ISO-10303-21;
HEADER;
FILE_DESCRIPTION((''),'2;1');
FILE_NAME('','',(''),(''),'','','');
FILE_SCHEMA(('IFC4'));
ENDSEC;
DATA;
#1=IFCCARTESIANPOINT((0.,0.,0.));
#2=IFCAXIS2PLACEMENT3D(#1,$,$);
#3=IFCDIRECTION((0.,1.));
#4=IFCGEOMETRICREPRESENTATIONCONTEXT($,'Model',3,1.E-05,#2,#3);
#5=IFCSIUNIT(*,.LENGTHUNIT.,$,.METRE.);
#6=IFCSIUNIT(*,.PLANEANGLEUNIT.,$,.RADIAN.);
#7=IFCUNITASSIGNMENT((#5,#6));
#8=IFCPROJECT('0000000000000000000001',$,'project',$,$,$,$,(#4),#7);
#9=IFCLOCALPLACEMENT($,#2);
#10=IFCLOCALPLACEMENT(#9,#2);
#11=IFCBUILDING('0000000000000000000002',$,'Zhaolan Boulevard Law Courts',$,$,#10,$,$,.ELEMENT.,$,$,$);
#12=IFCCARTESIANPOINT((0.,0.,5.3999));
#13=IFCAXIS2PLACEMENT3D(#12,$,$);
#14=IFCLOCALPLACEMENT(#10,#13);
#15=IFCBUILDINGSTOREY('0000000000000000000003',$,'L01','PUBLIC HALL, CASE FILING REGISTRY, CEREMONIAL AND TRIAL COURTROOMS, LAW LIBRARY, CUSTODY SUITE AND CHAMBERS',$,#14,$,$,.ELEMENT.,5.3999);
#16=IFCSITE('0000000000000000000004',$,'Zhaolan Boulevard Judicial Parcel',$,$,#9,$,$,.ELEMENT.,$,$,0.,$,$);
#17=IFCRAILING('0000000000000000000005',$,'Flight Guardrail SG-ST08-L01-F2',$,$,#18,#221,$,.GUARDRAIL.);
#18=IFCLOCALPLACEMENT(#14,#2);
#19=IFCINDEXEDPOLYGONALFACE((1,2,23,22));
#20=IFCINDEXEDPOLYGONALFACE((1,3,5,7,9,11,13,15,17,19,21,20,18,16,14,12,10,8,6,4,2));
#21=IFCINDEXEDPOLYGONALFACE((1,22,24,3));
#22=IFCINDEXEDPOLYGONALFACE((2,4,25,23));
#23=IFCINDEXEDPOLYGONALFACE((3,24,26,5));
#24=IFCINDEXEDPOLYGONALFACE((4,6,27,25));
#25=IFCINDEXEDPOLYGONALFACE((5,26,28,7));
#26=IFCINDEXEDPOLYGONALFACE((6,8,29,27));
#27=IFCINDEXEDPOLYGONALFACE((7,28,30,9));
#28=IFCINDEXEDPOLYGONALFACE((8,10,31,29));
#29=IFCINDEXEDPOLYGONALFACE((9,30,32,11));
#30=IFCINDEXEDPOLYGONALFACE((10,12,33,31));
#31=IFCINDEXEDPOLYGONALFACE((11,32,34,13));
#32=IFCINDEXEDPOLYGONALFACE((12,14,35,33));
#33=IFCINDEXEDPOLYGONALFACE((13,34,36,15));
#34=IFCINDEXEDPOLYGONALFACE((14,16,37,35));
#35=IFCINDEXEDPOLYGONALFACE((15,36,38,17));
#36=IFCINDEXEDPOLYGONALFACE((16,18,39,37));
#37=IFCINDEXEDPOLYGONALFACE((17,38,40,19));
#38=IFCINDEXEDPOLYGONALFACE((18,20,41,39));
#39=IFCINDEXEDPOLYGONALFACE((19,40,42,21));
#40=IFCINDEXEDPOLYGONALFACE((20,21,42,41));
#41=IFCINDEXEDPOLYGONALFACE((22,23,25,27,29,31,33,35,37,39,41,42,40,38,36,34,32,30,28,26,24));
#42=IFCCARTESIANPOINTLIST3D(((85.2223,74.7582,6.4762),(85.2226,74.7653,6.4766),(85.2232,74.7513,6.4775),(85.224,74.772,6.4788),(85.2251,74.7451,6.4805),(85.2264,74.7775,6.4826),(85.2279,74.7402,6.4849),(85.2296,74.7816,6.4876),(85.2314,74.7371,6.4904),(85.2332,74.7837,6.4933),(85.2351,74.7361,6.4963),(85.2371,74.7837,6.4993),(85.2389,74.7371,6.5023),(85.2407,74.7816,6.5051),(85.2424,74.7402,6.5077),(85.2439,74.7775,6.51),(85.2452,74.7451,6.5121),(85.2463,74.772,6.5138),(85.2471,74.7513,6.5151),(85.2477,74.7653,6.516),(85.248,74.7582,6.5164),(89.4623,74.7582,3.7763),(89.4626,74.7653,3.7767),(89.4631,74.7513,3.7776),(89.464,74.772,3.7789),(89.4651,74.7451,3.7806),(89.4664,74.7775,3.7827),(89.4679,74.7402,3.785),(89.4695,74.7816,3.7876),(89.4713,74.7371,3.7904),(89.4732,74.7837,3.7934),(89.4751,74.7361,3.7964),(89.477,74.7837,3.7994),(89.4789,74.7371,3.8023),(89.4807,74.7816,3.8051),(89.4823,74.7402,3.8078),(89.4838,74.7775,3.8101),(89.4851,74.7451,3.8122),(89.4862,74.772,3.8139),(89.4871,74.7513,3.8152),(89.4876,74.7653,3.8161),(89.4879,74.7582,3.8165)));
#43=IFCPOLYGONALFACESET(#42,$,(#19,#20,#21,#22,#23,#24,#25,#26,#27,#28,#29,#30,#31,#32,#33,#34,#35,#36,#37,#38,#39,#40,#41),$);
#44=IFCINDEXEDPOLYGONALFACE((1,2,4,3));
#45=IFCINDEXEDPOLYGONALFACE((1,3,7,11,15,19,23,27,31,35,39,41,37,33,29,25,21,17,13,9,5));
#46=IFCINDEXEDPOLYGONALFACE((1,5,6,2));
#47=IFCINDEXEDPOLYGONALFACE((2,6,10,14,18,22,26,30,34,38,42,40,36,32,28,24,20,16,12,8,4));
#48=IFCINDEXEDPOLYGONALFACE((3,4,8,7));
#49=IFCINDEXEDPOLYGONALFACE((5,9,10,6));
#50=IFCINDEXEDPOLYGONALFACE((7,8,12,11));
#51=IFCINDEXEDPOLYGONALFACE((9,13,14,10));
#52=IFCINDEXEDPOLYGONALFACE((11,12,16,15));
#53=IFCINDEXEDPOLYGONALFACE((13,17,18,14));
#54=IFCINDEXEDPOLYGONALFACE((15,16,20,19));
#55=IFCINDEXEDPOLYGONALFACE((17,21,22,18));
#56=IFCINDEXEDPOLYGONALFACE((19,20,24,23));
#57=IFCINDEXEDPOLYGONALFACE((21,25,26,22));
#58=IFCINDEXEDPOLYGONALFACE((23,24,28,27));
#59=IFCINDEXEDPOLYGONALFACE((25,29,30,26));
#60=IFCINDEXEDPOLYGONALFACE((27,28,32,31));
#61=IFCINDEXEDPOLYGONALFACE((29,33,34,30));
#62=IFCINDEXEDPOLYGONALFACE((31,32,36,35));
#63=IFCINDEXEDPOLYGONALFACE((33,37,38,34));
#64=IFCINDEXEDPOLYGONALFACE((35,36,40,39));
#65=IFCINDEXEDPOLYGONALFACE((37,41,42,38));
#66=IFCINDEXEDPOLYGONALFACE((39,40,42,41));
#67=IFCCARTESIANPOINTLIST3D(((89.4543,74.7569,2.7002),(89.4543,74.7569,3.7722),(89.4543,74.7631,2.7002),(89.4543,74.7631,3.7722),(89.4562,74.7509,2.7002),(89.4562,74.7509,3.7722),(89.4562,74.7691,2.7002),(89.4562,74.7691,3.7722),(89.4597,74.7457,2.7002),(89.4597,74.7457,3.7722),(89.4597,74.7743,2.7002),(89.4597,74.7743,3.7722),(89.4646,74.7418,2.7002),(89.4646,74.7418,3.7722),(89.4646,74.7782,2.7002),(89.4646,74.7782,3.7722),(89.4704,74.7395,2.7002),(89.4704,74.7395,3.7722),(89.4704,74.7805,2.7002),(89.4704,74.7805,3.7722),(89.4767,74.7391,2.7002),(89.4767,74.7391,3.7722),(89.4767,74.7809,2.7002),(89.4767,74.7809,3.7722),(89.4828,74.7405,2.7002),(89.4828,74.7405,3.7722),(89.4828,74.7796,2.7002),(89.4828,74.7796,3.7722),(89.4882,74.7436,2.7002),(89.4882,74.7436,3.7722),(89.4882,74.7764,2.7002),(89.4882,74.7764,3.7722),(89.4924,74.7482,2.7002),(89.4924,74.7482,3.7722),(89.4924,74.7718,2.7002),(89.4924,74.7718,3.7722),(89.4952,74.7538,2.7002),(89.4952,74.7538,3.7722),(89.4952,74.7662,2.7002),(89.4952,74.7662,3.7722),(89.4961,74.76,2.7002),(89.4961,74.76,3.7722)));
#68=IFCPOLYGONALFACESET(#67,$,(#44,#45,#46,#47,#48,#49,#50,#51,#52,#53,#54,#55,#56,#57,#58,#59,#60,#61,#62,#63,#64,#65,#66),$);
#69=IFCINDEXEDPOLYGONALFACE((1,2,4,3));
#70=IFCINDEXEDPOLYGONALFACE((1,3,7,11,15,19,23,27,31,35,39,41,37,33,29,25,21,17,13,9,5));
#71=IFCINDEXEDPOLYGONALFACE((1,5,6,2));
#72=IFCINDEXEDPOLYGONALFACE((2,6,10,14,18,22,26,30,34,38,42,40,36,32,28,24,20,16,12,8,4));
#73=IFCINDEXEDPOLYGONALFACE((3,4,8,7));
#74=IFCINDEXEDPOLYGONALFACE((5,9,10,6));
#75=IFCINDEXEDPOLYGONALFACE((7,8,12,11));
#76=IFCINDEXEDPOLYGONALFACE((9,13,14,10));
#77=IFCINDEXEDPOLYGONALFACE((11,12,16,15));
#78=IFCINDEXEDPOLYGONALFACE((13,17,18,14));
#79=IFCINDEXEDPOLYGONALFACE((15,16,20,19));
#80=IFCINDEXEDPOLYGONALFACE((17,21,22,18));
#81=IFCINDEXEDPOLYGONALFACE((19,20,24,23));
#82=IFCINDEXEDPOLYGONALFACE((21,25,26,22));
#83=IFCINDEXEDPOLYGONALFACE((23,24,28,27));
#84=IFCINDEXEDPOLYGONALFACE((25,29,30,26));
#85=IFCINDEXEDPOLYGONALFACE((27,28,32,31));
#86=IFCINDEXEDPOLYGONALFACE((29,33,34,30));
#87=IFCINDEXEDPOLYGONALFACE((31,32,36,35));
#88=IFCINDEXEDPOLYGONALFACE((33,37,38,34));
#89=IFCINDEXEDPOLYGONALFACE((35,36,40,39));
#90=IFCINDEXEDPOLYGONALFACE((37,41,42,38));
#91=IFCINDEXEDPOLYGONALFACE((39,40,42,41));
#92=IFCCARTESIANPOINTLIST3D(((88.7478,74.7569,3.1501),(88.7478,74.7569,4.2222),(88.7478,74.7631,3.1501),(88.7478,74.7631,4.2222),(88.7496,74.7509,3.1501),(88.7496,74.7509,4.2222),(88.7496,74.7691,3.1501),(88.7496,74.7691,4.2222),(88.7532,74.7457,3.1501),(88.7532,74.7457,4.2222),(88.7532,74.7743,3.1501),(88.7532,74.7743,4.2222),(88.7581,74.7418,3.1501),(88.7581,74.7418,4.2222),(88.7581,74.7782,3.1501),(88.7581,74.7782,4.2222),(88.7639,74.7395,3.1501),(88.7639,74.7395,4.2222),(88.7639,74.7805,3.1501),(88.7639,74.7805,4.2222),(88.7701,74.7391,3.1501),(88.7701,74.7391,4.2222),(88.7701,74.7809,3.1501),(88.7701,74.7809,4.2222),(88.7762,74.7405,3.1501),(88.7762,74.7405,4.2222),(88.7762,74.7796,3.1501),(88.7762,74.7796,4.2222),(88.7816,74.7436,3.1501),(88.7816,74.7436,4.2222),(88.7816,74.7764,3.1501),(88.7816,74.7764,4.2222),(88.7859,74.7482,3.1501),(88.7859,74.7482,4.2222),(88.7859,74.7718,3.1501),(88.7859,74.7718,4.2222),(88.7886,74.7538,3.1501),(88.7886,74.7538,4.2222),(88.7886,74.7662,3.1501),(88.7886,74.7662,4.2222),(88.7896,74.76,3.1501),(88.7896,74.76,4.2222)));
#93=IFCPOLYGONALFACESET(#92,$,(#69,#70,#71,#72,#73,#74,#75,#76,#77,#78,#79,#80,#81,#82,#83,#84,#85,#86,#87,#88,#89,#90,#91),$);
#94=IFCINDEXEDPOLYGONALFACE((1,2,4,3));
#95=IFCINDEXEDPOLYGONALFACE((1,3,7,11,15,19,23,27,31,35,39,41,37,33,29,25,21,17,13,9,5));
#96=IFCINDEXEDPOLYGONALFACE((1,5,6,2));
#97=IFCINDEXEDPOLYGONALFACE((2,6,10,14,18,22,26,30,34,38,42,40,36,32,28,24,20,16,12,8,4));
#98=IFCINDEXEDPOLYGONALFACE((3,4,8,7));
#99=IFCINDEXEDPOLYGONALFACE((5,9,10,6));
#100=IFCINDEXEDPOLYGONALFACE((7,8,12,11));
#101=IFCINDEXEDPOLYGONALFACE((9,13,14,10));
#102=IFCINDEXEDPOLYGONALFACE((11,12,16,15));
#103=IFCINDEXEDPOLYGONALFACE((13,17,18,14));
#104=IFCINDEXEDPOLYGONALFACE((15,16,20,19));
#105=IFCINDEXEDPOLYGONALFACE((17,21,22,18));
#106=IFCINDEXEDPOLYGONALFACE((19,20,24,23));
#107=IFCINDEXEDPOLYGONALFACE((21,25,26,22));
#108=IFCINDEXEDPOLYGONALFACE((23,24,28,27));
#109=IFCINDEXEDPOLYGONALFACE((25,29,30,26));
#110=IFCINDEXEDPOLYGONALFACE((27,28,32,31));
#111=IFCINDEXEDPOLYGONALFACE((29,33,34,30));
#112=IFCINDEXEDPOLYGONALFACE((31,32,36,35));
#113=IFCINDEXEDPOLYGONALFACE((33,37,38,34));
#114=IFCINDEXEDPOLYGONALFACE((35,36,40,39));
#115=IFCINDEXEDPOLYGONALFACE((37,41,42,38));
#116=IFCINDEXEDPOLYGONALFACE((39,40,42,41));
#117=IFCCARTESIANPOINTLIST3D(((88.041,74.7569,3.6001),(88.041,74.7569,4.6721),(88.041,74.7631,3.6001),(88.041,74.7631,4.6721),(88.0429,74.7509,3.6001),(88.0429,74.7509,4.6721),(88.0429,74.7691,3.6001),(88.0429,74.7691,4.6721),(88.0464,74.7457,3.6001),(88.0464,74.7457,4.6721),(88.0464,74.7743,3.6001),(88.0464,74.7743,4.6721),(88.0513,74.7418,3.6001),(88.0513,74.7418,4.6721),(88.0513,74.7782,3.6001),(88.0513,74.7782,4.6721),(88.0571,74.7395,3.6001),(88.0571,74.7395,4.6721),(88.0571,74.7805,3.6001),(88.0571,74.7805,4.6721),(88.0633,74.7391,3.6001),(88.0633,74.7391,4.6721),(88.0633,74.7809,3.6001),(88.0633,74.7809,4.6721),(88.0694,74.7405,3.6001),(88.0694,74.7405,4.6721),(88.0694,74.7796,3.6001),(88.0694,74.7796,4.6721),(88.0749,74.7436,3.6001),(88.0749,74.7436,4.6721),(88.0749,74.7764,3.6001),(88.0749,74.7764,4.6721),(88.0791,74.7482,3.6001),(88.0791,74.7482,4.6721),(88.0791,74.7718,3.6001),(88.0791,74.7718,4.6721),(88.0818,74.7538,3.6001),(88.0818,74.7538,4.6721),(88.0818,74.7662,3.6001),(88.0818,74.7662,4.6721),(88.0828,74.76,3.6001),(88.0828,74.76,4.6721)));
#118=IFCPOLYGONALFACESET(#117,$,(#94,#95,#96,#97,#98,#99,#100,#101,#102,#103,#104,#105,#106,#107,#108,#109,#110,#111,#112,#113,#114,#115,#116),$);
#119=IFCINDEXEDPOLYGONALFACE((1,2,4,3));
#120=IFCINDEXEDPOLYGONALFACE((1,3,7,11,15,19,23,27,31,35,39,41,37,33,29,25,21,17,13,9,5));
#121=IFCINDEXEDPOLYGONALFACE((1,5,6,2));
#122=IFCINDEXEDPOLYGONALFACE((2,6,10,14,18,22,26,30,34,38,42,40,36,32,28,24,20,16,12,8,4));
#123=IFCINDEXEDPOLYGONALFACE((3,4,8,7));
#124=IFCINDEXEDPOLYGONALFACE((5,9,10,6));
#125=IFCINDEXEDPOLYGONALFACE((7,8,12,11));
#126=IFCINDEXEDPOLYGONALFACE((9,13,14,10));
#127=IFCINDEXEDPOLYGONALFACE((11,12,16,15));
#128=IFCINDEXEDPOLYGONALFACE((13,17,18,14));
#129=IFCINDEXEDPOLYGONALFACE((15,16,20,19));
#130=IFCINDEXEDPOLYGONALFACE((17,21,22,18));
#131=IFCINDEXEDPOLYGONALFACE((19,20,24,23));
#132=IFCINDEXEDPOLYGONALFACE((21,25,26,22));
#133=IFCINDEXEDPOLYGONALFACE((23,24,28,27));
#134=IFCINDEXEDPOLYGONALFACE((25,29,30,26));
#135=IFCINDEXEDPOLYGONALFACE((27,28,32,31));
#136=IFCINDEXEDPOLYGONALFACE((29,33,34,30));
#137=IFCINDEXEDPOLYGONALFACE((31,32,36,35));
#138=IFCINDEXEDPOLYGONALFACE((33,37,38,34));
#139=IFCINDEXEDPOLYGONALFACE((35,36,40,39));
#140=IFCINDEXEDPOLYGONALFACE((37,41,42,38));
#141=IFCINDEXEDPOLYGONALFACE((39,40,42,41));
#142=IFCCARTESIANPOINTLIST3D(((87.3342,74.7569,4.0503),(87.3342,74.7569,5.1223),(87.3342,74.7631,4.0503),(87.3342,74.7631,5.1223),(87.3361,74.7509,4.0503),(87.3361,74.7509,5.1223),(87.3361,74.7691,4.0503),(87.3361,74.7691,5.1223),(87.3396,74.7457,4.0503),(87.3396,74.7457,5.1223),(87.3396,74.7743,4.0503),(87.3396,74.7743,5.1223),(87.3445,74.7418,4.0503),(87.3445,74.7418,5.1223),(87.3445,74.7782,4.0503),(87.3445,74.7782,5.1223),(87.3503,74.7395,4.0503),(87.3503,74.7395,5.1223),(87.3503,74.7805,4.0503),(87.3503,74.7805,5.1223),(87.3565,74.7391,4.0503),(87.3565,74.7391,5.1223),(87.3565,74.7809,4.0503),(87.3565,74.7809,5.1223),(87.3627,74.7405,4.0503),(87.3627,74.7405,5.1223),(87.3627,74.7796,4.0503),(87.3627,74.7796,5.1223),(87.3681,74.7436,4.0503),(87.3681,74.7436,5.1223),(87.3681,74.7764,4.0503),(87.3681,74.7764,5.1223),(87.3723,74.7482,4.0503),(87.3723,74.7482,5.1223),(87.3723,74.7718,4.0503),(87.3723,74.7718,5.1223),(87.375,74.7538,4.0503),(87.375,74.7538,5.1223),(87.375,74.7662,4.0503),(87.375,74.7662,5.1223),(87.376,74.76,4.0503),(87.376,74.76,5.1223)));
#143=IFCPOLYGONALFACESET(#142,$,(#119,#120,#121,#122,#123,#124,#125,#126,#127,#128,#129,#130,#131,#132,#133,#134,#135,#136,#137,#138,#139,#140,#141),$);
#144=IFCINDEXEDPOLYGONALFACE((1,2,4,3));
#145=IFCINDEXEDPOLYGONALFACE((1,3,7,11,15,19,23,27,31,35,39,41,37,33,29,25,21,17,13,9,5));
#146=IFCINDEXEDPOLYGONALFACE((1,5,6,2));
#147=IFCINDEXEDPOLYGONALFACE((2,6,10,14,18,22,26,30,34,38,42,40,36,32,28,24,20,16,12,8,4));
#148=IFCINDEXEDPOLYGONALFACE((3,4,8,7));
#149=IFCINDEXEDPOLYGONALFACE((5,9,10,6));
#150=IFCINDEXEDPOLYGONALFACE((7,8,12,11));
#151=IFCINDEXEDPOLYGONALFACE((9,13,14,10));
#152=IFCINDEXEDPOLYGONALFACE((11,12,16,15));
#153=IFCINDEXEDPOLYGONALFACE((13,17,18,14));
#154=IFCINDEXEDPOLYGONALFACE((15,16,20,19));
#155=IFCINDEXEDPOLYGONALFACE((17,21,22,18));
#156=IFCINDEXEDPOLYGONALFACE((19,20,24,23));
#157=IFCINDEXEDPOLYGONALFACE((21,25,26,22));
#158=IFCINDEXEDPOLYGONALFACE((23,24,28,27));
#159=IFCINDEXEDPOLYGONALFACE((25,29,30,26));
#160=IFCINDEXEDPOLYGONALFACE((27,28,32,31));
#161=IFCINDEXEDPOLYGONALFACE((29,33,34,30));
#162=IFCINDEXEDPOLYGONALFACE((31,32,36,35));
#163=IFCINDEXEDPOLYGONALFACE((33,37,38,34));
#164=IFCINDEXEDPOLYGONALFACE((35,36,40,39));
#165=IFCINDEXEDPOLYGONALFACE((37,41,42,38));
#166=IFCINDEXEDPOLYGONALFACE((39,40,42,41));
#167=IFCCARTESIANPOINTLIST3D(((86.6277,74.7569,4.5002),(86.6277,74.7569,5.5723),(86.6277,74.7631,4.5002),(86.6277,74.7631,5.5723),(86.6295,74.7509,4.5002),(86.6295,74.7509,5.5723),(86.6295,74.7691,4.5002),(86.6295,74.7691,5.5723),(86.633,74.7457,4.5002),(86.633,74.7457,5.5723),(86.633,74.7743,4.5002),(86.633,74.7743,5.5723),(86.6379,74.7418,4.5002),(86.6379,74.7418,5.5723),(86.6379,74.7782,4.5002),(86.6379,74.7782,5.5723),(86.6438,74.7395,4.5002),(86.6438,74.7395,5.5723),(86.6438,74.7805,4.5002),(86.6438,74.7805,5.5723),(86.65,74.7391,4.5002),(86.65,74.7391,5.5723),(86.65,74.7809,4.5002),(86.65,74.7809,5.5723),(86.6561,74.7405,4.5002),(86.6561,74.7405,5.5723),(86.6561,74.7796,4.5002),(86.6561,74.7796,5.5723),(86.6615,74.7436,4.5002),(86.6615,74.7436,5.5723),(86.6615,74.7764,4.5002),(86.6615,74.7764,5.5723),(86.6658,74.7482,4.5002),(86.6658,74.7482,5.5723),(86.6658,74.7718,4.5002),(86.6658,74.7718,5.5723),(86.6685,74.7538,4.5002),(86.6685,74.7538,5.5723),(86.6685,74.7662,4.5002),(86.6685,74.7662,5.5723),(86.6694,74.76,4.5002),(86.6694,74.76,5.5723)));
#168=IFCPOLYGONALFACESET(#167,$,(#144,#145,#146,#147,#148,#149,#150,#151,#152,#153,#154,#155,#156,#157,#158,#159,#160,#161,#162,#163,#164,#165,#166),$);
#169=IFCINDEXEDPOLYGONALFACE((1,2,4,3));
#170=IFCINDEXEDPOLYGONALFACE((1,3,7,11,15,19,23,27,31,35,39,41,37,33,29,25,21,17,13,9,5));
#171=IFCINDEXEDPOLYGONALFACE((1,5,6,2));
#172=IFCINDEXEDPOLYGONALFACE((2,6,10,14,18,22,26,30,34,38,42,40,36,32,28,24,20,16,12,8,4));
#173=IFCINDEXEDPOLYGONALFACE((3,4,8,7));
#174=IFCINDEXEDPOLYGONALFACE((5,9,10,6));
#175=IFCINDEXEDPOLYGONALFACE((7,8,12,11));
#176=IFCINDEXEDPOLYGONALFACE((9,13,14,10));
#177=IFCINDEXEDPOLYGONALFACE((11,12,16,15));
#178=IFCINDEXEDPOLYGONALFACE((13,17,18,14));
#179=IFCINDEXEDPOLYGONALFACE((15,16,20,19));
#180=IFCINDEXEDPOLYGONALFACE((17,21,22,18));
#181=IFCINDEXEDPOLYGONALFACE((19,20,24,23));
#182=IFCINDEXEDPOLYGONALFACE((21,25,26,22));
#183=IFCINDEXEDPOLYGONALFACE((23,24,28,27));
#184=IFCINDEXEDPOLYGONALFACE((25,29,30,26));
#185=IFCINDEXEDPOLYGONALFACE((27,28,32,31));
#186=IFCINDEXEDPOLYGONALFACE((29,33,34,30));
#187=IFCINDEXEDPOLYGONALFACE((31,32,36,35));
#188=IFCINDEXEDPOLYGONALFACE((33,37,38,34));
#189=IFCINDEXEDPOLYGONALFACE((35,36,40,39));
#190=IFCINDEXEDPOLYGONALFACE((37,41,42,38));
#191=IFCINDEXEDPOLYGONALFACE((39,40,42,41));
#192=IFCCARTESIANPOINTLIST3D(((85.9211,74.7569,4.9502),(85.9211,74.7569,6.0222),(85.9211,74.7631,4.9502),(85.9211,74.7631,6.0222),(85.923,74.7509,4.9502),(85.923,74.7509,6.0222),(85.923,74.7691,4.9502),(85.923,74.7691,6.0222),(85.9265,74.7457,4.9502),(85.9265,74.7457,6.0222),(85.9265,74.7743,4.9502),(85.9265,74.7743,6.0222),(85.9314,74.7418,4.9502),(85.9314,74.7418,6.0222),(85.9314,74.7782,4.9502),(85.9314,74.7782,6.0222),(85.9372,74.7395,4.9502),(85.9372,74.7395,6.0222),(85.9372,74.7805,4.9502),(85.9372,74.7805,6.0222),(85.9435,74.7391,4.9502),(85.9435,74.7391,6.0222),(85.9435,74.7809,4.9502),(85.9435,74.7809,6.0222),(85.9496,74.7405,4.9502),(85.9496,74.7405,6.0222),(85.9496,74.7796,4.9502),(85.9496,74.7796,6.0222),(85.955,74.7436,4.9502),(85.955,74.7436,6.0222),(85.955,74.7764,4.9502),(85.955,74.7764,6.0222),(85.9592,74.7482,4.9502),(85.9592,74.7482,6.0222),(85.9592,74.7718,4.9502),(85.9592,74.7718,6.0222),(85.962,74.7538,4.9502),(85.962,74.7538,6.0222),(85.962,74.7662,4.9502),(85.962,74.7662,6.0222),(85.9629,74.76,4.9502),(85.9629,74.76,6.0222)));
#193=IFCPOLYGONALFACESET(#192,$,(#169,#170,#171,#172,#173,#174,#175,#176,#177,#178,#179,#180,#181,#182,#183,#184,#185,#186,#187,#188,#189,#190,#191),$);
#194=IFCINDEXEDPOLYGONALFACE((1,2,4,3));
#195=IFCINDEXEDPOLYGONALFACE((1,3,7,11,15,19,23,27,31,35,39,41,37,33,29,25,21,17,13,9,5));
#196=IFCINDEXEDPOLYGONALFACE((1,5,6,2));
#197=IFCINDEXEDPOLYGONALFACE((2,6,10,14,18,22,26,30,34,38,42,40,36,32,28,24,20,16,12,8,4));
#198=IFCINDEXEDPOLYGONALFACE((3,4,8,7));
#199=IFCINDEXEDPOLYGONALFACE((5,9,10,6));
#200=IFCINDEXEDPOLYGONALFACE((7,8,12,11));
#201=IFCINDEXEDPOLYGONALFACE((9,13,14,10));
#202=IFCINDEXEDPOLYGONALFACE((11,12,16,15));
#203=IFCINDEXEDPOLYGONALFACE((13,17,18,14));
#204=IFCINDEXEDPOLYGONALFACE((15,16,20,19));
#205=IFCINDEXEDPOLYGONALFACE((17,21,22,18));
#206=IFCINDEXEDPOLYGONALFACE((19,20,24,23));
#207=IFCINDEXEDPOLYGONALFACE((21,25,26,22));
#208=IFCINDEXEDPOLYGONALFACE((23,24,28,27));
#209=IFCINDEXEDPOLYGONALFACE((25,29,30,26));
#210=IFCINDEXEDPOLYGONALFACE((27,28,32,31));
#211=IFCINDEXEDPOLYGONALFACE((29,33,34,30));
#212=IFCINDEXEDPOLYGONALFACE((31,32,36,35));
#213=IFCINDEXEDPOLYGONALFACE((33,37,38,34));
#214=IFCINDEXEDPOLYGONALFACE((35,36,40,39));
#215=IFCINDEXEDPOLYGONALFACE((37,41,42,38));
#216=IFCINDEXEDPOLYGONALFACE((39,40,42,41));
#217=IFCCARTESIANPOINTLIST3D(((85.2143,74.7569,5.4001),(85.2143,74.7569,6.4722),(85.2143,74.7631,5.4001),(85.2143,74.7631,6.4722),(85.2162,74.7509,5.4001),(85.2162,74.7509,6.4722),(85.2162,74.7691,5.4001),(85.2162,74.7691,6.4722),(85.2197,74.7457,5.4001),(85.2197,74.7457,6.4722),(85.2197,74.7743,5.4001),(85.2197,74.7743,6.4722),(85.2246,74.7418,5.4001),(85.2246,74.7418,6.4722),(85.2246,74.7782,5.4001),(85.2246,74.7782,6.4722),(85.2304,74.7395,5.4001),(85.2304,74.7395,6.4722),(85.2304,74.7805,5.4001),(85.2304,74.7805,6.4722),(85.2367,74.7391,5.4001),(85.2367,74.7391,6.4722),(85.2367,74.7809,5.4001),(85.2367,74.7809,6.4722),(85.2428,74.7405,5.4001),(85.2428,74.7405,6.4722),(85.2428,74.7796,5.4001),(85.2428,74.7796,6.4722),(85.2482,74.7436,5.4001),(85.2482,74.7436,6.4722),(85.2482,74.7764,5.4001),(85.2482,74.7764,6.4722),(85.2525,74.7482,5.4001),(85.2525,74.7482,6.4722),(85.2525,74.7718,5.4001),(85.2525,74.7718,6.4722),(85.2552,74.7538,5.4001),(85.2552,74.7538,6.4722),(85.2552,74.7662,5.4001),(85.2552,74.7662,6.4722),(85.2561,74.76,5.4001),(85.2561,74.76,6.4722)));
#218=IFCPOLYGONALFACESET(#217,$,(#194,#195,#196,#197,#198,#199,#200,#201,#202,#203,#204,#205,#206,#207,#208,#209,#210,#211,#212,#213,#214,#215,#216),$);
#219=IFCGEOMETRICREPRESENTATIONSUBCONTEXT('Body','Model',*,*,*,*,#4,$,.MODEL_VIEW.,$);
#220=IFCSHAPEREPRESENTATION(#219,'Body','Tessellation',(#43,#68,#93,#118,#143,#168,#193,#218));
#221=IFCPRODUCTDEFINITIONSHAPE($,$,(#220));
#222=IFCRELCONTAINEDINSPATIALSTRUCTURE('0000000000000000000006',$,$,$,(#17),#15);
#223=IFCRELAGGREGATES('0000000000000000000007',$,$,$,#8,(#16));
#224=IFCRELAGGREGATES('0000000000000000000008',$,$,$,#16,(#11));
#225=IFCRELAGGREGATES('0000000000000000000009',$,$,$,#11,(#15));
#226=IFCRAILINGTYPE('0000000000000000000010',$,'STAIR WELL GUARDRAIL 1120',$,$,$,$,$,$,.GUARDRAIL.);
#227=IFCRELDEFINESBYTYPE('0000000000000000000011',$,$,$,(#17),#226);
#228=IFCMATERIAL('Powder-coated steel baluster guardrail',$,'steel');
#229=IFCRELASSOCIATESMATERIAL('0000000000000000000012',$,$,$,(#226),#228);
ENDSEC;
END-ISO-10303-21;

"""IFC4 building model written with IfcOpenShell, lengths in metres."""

from ifc_helpers import new_model, si_unit, direction, frame, origin, origin_2d, place, context, subcontext, project, spatial, circle, extrude, material, type_object, element, save


model = new_model("IFC4")

# Units and contexts
model_context = context("Model", 3, precision=1e-05, world=origin(), true_north=direction((0.0, 1.0)))
body_context = subcontext(model_context, "Body", "Model", "MODEL_VIEW")
ifc_project = project(units=[si_unit("LENGTHUNIT", "METRE"), si_unit("PLANEANGLEUNIT", "RADIAN")], contexts=[model_context])

# Site, building, storey
site_placement = place(None, origin())
site = spatial("IfcSite", under=ifc_project, at=site_placement, Name="Zhaolan Boulevard Judicial Parcel", CompositionType="ELEMENT", RefElevation=0.0)
building_placement = place(site_placement, origin())
building = spatial("IfcBuilding", under=site, at=building_placement, Name="Zhaolan Boulevard Law Courts", CompositionType="ELEMENT")
storey_placement = place(building_placement, frame((0.0, 0.0, 5.3999)))
storey = spatial("IfcBuildingStorey", under=building, at=storey_placement, Name="L01", Description="PUBLIC HALL, CASE FILING REGISTRY, CEREMONIAL AND TRIAL COURTROOMS, LAW LIBRARY, CUSTODY SUITE AND CHAMBERS", CompositionType="ELEMENT", Elevation=5.3999)

# Railing
ifc_material_1 = material(Name="Powder-coated steel baluster guardrail", Category="steel")
railing_type_1 = type_object("IfcRailingType", Name="STAIR WELL GUARDRAIL 1120", PredefinedType="GUARDRAIL", material=ifc_material_1)
railing_1_placement = place(storey_placement, frame((89.4751, 74.76, 2.7002)))
element("IfcRailing", 1, at=railing_1_placement, inside=storey, type_object=railing_type_1, Name="Flight Guardrail SG-ST08-L01-F2", PredefinedType="GUARDRAIL", context=body_context, shape_type="SweptSolid", body=[
    extrude(circle(Radius=0.0239, at=origin_2d()), frame((0.0, 0.0, 1.0962), z_axis=(-0.843501, 0.0, 0.537127), x_axis=(0.0, -1.0, 0.0)), (0.0, 0.0, 1.0), 5.0266),
    extrude(circle(Radius=0.021, at=origin_2d()), origin(), (0.0, 0.0, 1.0), 1.072),
    extrude(circle(Radius=0.021, at=origin_2d()), frame((-0.7065, 0.0, 0.45)), (0.0, 0.0, 1.0), 1.072),
    extrude(circle(Radius=0.021, at=origin_2d()), frame((-1.4133, 0.0, 0.8999)), (0.0, 0.0, 1.0), 1.072),
    extrude(circle(Radius=0.021, at=origin_2d()), frame((-2.1201, 0.0, 1.3501)), (0.0, 0.0, 1.0), 1.072),
    extrude(circle(Radius=0.021, at=origin_2d()), frame((-2.8267, 0.0, 1.8)), (0.0, 0.0, 1.0), 1.072),
    extrude(circle(Radius=0.021, at=origin_2d()), frame((-3.5332, 0.0, 2.25)), (0.0, 0.0, 1.0), 1.072),
    extrude(circle(Radius=0.021, at=origin_2d()), frame((-4.24, 0.0, 2.7)), (0.0, 0.0, 1.0), 1.072),
])

save(model, "model.ifc")
